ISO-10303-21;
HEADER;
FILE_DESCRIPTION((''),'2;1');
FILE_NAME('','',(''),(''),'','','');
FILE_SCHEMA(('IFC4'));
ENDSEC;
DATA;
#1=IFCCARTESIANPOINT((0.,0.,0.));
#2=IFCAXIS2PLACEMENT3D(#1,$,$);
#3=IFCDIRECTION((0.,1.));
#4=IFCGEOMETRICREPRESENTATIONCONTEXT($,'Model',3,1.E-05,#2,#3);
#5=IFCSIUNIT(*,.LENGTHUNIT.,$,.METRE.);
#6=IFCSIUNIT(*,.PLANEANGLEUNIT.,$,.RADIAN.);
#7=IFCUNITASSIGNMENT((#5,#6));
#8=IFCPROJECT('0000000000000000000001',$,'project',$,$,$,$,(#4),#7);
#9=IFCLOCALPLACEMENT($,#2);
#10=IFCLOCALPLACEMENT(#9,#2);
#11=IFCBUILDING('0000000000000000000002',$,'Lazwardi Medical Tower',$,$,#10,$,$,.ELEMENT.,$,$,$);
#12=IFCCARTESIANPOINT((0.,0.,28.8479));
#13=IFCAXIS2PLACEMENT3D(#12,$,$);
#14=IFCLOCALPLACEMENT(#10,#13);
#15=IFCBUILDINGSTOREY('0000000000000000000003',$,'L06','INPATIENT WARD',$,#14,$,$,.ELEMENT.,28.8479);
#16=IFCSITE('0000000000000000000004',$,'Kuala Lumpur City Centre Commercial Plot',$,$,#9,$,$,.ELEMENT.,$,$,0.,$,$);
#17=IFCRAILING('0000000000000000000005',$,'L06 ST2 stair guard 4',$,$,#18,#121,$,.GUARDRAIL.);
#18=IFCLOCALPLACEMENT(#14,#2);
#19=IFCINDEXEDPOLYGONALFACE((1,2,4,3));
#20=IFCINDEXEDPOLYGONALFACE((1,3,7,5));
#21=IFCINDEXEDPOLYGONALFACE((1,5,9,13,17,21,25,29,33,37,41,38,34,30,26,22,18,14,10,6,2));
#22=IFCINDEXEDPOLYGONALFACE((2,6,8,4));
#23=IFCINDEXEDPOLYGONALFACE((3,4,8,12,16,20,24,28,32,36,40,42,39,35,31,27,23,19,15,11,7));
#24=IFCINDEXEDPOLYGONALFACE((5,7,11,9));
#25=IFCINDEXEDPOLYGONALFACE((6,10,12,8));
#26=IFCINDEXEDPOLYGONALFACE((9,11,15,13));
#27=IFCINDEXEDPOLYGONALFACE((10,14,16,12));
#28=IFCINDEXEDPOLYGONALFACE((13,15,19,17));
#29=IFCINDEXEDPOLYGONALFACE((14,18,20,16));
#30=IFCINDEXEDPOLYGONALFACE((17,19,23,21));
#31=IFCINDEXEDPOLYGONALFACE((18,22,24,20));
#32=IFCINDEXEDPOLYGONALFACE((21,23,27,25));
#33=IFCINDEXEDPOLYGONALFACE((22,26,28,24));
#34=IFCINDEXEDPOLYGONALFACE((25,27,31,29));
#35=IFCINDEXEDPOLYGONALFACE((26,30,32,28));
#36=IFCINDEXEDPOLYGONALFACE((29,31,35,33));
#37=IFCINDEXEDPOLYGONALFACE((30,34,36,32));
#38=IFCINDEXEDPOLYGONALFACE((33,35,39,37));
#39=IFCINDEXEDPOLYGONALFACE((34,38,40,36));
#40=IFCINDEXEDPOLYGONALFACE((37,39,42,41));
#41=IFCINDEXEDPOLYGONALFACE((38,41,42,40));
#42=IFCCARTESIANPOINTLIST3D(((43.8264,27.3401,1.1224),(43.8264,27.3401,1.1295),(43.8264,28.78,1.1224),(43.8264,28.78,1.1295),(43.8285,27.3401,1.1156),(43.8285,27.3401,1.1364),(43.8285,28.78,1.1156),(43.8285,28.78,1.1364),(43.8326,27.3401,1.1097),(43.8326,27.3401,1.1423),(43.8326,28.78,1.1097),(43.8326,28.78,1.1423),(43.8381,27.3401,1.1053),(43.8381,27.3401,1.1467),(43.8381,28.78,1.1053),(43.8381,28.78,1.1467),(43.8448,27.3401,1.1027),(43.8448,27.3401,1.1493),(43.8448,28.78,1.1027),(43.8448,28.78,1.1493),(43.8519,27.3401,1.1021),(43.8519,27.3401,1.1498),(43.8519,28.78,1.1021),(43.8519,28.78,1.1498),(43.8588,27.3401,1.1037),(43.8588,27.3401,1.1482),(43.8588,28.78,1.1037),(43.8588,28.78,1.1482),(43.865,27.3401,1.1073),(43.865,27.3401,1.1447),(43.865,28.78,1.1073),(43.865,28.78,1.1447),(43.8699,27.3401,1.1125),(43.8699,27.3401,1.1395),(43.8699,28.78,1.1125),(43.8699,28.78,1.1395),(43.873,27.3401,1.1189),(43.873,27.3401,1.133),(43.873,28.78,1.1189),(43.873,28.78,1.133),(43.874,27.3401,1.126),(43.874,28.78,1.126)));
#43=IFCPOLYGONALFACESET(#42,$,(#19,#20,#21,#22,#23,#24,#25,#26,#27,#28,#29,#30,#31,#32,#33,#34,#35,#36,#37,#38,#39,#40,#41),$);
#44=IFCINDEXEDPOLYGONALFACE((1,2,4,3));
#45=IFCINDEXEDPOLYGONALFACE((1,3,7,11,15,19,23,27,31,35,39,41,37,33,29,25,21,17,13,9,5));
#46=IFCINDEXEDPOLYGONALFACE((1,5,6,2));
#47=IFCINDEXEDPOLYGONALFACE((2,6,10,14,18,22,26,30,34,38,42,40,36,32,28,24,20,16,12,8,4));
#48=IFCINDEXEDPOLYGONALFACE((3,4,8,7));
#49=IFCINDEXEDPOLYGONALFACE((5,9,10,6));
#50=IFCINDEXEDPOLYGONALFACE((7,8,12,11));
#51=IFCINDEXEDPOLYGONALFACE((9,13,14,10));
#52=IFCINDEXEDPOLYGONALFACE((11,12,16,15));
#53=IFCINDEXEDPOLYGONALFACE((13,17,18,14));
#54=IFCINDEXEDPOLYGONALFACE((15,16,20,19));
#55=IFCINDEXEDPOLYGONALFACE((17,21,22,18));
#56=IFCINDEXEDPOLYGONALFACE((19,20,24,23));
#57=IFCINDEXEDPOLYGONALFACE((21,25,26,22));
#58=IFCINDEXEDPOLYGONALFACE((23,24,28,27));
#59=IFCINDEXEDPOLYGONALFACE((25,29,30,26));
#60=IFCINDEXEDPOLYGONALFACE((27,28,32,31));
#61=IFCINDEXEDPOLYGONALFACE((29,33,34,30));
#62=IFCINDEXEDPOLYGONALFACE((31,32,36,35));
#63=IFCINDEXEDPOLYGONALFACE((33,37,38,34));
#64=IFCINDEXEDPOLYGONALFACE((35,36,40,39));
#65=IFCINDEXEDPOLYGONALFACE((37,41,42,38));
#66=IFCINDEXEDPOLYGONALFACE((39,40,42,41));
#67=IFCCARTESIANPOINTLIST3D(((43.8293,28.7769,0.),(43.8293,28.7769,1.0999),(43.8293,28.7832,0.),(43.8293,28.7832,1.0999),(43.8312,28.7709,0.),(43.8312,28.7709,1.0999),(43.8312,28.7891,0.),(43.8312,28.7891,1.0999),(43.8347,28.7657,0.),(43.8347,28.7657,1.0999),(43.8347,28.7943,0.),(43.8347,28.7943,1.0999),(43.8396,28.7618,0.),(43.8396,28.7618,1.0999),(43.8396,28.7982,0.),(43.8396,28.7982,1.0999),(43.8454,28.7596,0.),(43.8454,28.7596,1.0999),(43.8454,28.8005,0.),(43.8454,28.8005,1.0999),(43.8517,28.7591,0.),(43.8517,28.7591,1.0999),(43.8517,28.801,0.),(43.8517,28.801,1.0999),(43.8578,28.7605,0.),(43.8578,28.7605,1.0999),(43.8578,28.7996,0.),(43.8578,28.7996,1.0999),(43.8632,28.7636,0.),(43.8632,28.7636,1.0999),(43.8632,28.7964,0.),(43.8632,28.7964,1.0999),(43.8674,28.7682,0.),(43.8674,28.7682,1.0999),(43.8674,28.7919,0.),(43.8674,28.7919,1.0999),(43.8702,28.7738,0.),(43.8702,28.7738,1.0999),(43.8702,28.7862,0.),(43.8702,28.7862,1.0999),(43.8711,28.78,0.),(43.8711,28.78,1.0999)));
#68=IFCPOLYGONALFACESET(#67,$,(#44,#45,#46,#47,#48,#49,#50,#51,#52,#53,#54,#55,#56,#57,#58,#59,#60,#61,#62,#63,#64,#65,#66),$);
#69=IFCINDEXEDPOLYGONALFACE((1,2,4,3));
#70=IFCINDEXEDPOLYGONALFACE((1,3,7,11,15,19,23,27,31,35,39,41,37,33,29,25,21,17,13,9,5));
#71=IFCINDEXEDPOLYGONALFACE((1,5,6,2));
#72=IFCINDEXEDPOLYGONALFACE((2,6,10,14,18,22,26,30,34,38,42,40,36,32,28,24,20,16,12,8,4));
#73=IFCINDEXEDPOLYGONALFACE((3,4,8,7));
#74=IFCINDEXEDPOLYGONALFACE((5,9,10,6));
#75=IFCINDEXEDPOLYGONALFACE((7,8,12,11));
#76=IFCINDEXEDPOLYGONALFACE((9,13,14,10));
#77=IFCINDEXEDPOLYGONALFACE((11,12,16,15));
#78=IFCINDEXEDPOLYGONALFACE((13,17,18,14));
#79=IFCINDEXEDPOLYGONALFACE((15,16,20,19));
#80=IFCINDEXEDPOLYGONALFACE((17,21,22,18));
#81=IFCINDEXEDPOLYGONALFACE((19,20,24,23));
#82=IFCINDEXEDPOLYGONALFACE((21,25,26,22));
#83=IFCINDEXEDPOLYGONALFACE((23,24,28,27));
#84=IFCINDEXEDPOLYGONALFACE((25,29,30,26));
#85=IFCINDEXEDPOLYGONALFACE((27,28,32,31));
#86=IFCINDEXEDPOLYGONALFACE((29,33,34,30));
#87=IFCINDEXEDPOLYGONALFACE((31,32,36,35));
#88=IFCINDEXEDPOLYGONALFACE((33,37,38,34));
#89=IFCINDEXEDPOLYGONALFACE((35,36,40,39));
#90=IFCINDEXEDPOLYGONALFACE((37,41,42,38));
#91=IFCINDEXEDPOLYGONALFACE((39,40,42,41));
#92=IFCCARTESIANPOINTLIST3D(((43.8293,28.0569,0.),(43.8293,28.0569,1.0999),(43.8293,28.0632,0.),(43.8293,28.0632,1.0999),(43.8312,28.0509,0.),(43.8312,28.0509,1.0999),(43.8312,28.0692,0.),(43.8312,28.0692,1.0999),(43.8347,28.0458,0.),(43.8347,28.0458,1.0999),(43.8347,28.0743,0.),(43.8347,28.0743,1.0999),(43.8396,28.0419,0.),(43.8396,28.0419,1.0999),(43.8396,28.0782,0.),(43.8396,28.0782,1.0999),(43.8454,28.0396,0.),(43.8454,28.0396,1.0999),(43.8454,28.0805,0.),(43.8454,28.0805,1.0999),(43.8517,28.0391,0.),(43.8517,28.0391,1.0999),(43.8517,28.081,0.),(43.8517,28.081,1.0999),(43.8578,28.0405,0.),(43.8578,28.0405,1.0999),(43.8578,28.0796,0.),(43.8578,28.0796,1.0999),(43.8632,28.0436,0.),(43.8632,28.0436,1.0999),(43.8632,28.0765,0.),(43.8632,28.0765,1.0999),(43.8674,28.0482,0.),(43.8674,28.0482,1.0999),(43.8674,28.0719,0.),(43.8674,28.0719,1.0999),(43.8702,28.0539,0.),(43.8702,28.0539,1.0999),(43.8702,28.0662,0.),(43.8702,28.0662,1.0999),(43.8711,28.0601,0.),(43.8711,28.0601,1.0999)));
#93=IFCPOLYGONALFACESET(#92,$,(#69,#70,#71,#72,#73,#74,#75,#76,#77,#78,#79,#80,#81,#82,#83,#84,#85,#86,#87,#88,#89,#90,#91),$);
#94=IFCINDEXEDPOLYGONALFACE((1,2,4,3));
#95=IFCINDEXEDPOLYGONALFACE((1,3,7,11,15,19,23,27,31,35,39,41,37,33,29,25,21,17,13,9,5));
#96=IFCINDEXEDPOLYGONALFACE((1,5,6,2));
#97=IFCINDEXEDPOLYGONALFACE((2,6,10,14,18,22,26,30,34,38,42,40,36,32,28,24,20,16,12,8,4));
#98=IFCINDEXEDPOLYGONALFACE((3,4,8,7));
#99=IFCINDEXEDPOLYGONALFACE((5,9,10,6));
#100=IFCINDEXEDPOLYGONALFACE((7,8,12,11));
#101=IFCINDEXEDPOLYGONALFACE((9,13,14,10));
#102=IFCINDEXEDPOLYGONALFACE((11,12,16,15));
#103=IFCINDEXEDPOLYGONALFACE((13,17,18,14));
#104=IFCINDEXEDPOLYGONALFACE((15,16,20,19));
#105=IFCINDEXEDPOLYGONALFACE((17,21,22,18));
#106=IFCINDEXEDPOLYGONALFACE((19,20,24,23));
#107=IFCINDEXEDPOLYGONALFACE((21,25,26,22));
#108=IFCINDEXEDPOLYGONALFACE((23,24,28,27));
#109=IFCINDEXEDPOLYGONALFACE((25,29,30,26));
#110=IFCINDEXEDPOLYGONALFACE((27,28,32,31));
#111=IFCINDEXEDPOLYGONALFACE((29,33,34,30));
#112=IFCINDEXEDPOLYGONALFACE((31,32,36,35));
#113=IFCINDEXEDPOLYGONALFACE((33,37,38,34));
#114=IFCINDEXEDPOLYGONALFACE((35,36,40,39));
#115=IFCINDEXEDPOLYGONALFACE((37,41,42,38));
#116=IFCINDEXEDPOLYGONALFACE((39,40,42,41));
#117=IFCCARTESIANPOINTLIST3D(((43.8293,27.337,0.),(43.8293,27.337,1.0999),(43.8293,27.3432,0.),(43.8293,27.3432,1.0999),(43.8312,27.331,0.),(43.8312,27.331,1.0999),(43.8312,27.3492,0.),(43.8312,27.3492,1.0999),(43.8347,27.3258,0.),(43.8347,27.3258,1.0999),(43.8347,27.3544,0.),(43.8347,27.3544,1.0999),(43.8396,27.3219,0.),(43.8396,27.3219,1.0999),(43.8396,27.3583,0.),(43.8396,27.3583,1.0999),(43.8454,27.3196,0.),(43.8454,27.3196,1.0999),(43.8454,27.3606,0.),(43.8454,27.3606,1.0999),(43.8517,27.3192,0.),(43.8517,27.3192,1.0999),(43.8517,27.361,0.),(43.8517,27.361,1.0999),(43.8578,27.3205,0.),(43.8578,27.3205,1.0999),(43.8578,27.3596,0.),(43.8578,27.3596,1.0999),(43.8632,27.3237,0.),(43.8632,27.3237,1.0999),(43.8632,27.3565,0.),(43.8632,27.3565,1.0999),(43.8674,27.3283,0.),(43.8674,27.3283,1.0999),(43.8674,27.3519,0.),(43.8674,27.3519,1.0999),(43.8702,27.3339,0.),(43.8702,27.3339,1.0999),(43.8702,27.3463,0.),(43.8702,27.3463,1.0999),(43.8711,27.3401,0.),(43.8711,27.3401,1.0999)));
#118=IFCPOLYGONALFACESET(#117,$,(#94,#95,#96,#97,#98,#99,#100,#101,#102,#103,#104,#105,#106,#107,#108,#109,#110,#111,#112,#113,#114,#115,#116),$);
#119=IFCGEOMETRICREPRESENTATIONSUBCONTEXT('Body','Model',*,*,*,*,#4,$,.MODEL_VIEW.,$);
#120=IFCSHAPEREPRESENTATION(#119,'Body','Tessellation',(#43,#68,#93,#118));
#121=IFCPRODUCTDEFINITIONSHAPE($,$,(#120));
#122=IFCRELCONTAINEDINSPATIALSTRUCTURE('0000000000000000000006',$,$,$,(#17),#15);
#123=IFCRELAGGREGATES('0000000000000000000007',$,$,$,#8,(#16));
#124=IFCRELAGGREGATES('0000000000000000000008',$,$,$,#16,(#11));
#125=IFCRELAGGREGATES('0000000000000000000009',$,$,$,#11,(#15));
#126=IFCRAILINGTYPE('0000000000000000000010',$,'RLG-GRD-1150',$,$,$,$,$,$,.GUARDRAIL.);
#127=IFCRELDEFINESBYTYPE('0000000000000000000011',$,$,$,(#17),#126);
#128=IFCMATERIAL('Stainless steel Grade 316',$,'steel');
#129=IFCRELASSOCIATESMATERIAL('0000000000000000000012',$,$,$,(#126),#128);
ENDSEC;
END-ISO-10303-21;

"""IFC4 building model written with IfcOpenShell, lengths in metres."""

from ifc_helpers import new_model, si_unit, direction, frame, origin, origin_2d, place, context, subcontext, project, spatial, circle, extrude, material, type_object, element, save


model = new_model("IFC4")

# Units and contexts
model_context = context("Model", 3, precision=1e-05, world=origin(), true_north=direction((0.0, 1.0)))
body_context = subcontext(model_context, "Body", "Model", "MODEL_VIEW")
ifc_project = project(units=[si_unit("LENGTHUNIT", "METRE"), si_unit("PLANEANGLEUNIT", "RADIAN")], contexts=[model_context])

# Site, building, storey
site_placement = place(None, origin())
site = spatial("IfcSite", under=ifc_project, at=site_placement, Name="Kuala Lumpur City Centre Commercial Plot", CompositionType="ELEMENT", RefElevation=0.0)
building_placement = place(site_placement, origin())
building = spatial("IfcBuilding", under=site, at=building_placement, Name="Lazwardi Medical Tower", CompositionType="ELEMENT")
storey_placement = place(building_placement, frame((0.0, 0.0, 28.8479)))
storey = spatial("IfcBuildingStorey", under=building, at=storey_placement, Name="L06", Description="INPATIENT WARD", CompositionType="ELEMENT", Elevation=28.8479)

# Railing
ifc_material_1 = material(Name="Stainless steel Grade 316", Category="steel")
railing_type_1 = type_object("IfcRailingType", Name="RLG-GRD-1150", PredefinedType="GUARDRAIL", material=ifc_material_1)
railing_1_placement = place(storey_placement, frame((43.8501, 28.78, 0.0)))
element("IfcRailing", 1, at=railing_1_placement, inside=storey, type_object=railing_type_1, Name="L06 ST2 stair guard 4", PredefinedType="GUARDRAIL", context=body_context, shape_type="SweptSolid", body=[
    extrude(circle(Radius=0.0239, at=origin_2d()), frame((0.0, 0.0, 1.126), z_axis=(0.0, -1.0, 0.0), x_axis=(1.0, 0.0, 0.0)), (0.0, 0.0, 1.0), 1.4399),
    extrude(circle(Radius=0.021, at=origin_2d()), origin(), (0.0, 0.0, 1.0), 1.0999),
    extrude(circle(Radius=0.021, at=origin_2d()), frame((0.0, -0.72, 0.0)), (0.0, 0.0, 1.0), 1.0999),
    extrude(circle(Radius=0.021, at=origin_2d()), frame((0.0, -1.4399, 0.0)), (0.0, 0.0, 1.0), 1.0999),
])

save(model, "model.ifc")
